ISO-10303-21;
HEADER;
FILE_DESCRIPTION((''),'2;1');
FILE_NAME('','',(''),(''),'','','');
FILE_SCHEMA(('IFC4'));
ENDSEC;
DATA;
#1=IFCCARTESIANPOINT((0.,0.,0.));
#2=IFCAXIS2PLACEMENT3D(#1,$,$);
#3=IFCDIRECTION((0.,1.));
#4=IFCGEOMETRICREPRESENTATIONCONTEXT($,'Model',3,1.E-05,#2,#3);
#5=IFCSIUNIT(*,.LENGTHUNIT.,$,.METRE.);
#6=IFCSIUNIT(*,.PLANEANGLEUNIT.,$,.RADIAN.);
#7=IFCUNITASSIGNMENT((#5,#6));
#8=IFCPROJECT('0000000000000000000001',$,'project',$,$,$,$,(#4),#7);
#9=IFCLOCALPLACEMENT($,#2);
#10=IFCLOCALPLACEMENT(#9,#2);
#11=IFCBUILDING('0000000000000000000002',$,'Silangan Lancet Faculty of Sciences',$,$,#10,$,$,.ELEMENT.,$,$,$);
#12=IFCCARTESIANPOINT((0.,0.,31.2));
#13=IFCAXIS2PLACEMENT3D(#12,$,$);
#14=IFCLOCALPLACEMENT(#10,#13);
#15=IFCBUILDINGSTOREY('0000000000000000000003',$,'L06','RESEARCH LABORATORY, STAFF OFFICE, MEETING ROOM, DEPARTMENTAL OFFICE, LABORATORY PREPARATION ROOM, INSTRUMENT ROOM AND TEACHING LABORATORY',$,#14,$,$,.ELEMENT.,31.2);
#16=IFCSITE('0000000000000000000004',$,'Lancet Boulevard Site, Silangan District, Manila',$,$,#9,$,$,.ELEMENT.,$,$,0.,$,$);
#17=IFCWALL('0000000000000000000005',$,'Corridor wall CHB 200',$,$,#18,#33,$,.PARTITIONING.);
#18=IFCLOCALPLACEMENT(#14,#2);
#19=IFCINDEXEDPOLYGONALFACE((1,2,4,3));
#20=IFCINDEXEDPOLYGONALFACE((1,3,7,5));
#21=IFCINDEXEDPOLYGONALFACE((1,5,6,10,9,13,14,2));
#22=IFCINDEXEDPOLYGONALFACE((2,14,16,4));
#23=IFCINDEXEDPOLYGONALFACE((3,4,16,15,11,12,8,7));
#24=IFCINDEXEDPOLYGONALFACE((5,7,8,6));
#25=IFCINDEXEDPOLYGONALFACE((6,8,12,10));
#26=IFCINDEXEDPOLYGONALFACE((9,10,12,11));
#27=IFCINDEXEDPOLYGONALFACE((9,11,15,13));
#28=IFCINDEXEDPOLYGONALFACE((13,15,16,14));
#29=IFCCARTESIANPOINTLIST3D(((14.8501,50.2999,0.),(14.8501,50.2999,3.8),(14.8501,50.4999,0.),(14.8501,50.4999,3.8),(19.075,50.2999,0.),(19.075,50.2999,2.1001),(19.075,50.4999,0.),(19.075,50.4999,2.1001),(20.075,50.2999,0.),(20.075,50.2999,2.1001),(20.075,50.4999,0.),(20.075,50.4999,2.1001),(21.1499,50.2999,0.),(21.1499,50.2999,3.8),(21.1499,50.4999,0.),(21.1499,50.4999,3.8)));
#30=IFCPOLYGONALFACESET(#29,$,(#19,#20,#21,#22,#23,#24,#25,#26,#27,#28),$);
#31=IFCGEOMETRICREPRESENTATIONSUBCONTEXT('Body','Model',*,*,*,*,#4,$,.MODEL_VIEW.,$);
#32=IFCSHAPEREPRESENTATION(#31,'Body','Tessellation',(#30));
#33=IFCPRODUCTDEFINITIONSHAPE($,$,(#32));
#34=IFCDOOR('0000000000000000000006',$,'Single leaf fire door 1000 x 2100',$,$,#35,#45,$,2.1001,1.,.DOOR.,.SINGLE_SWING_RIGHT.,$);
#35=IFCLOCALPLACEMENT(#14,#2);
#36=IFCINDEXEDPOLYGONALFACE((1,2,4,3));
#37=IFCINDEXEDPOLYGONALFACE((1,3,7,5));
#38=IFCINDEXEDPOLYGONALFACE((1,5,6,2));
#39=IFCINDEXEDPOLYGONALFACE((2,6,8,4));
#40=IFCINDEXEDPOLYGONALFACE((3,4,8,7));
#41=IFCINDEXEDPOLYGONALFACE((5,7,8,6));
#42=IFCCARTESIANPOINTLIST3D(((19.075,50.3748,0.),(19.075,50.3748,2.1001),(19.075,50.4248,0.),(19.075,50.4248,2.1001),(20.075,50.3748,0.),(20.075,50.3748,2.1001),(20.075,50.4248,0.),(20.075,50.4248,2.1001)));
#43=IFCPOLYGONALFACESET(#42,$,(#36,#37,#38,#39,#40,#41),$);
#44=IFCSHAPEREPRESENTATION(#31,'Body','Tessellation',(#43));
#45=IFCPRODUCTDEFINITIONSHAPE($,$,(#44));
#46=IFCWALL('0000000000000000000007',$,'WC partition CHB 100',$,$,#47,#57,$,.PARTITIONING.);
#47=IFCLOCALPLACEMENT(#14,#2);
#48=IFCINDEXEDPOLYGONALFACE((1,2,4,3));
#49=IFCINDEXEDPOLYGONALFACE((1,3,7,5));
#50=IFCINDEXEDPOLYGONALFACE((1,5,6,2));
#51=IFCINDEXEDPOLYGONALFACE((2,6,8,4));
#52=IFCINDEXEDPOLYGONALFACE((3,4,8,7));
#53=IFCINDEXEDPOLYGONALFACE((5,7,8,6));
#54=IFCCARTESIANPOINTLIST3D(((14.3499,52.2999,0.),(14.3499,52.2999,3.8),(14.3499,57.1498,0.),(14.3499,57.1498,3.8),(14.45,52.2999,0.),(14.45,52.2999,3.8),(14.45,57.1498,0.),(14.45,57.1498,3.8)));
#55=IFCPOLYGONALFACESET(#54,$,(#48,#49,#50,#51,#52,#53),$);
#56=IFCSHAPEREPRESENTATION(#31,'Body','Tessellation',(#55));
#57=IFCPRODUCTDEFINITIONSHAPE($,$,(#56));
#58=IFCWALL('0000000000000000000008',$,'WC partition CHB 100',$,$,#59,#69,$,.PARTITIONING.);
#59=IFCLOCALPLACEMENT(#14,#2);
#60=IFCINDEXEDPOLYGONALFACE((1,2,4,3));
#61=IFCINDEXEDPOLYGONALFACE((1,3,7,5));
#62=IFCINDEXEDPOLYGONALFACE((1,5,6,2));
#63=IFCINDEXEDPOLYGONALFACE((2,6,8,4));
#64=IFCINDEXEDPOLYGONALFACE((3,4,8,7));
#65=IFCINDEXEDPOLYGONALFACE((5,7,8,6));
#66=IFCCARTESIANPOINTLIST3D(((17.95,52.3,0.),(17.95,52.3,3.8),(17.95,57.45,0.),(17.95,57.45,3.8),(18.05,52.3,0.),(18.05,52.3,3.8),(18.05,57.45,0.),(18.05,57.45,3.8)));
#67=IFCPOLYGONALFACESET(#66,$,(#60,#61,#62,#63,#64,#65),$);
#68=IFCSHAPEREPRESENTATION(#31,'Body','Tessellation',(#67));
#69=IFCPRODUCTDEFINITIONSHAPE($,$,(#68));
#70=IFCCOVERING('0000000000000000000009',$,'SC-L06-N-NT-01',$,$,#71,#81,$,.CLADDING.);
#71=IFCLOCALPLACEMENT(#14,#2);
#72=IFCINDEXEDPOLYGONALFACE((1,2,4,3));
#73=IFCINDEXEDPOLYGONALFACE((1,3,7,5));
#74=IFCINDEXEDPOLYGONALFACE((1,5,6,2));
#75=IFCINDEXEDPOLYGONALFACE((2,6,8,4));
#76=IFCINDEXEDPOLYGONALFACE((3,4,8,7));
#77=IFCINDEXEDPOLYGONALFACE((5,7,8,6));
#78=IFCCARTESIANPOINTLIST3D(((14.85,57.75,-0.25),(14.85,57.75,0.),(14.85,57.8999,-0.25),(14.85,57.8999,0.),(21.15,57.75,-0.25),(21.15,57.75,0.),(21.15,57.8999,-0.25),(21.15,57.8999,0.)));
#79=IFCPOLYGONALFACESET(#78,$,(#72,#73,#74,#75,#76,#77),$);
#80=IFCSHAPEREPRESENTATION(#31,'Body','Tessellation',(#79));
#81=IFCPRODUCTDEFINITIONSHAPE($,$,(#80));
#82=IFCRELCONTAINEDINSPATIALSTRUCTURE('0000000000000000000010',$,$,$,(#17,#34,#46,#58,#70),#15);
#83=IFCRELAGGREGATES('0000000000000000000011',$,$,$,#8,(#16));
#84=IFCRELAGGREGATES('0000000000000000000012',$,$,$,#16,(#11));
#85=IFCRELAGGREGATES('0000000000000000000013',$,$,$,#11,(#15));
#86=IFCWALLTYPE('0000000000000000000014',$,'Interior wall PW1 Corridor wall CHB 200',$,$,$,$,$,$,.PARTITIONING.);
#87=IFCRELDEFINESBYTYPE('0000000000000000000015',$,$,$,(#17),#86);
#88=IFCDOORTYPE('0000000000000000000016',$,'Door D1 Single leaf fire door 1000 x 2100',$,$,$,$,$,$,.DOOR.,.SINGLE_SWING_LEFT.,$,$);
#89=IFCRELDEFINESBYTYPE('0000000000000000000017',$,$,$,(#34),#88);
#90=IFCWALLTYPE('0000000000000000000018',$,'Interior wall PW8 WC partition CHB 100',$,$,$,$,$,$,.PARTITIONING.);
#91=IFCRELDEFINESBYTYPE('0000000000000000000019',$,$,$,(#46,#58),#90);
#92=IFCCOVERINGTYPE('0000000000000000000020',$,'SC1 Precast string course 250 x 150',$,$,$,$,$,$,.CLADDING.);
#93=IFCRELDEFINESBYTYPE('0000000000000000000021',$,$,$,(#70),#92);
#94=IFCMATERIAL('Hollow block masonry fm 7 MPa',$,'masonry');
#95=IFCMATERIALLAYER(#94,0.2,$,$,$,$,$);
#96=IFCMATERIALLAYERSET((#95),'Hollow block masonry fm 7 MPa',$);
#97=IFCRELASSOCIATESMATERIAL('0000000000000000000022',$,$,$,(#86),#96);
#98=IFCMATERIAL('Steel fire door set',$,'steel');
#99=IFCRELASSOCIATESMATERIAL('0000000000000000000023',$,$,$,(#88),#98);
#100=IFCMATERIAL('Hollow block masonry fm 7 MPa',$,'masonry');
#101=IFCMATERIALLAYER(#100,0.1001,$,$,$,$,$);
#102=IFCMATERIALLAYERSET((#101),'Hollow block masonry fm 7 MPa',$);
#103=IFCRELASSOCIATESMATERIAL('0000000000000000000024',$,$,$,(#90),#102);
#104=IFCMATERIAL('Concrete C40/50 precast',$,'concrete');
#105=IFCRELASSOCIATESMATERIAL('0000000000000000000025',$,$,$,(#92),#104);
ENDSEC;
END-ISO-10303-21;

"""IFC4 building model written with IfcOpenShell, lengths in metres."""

from ifc_helpers import new_model, si_unit, direction, frame, frame_2d, origin, origin_2d, place, context, subcontext, project, spatial, rectangle, extrude, material, layer, layer_set, type_object, element, fill, save


model = new_model("IFC4")

# Units and contexts
model_context = context("Model", 3, precision=1e-05, world=origin(), true_north=direction((0.0, 1.0)))
body_context = subcontext(model_context, "Body", "Model", "MODEL_VIEW")
ifc_project = project(units=[si_unit("LENGTHUNIT", "METRE"), si_unit("PLANEANGLEUNIT", "RADIAN")], contexts=[model_context])

# Site, building, storey
site_placement = place(None, origin())
site = spatial("IfcSite", under=ifc_project, at=site_placement, Name="Lancet Boulevard Site, Silangan District, Manila", CompositionType="ELEMENT", RefElevation=0.0)
building_placement = place(site_placement, origin())
building = spatial("IfcBuilding", under=site, at=building_placement, Name="Silangan Lancet Faculty of Sciences", CompositionType="ELEMENT")
storey_placement = place(building_placement, frame((0.0, 0.0, 31.2)))
storey = spatial("IfcBuildingStorey", under=building, at=storey_placement, Name="L06", Description="RESEARCH LABORATORY, STAFF OFFICE, MEETING ROOM, DEPARTMENTAL OFFICE, LABORATORY PREPARATION ROOM, INSTRUMENT ROOM AND TEACHING LABORATORY", CompositionType="ELEMENT", Elevation=31.2)

# Wall, opening, door
ifc_material_1 = material(Name="Hollow block masonry fm 7 MPa", Category="masonry")
ifc_layer_1 = layer(ifc_material_1, 0.2)
ifc_layer_set_1 = layer_set([ifc_layer_1], Name="Hollow block masonry fm 7 MPa")
wall_type_1 = type_object("IfcWallType", Name="Interior wall PW1 Corridor wall CHB 200", PredefinedType="PARTITIONING", material=ifc_layer_set_1)
wall_1_placement = place(storey_placement, frame((14.8501, 50.3999, 0.0), z_axis=(0.0, 0.0, 1.0), x_axis=(1.0, 0.0, 0.0)))
wall_1 = element("IfcWall", 1, at=wall_1_placement, inside=storey, type_object=wall_type_1, Name="Corridor wall CHB 200", PredefinedType="PARTITIONING", context=body_context, shape_type="SweptSolid", body=[
    extrude(rectangle(XDim=6.2998, YDim=0.2, at=frame_2d((3.1499, 0.0))), origin(), (0.0, 0.0, 1.0), 3.8),
])
opening_1_placement = place(wall_1_placement, frame((4.2249, 0.0, 0.0)))
opening_1 = element("IfcOpeningElement", 2, at=opening_1_placement, cuts=wall_1, PredefinedType="OPENING", context=body_context, shape_type="SweptSolid", body=[
    extrude(rectangle(XDim=1.0, YDim=2.1001, at=frame_2d((0.5, 1.05))), frame((0.0, 0.1099, 0.0), z_axis=(0.0, -1.0, 0.0), x_axis=(1.0, 0.0, 0.0)), (0.0, 0.0, 1.0), 0.22),
])
ifc_material_2 = material(Name="Steel fire door set", Category="steel")
door_type = type_object("IfcDoorType", Name="Door D1 Single leaf fire door 1000 x 2100", OperationType="SINGLE_SWING_LEFT", PredefinedType="DOOR", material=ifc_material_2)
door_placement = place(opening_1_placement, origin())
door = element("IfcDoor", 3, at=door_placement, inside=storey, type_object=door_type, Name="Single leaf fire door 1000 x 2100", OperationType="SINGLE_SWING_RIGHT", OverallHeight=2.1001, OverallWidth=1.0, PredefinedType="DOOR", context=body_context, shape_type="SweptSolid", body=[
    extrude(rectangle(XDim=1.0, YDim=2.1001, at=frame_2d((0.5, 1.05))), frame((0.0, 0.0249, 0.0), z_axis=(0.0, -1.0, 0.0), x_axis=(1.0, 0.0, 0.0)), (0.0, 0.0, 1.0), 0.05),
])
fill(opening_1, door)

# Walls
ifc_material_3 = material(Name="Hollow block masonry fm 7 MPa", Category="masonry")
ifc_layer_2 = layer(ifc_material_3, 0.1001)
ifc_layer_set_2 = layer_set([ifc_layer_2], Name="Hollow block masonry fm 7 MPa")
wall_type_2 = type_object("IfcWallType", Name="Interior wall PW8 WC partition CHB 100", PredefinedType="PARTITIONING", material=ifc_layer_set_2)
wall_2_placement = place(storey_placement, frame((14.3999, 52.3, 0.0), z_axis=(0.0, 0.0, 1.0), x_axis=(0.0, 1.0, 0.0)))
element("IfcWall", 4, at=wall_2_placement, inside=storey, type_object=wall_type_2, Name="WC partition CHB 100", PredefinedType="PARTITIONING", context=body_context, shape_type="SweptSolid", body=[
    extrude(rectangle(XDim=4.8499, YDim=0.1001, at=frame_2d((2.4248, 0.0))), origin(), (0.0, 0.0, 1.0), 3.8),
])
wall_3_placement = place(storey_placement, frame((18.0, 52.3, 0.0), z_axis=(0.0, 0.0, 1.0), x_axis=(0.0, 1.0, 0.0)))
element("IfcWall", 5, at=wall_3_placement, inside=storey, type_object=wall_type_2, Name="WC partition CHB 100", PredefinedType="PARTITIONING", context=body_context, shape_type="SweptSolid", body=[
    extrude(rectangle(XDim=5.1499, YDim=0.1001, at=frame_2d((2.575, 0.0))), origin(), (0.0, 0.0, 1.0), 3.8),
])

# Covering
ifc_material_4 = material(Name="Concrete C40/50 precast", Category="concrete")
covering_type = type_object("IfcCoveringType", Name="SC1 Precast string course 250 x 150", PredefinedType="CLADDING", material=ifc_material_4)
covering_placement = place(storey_placement, frame((18.0, 57.825, -0.25), z_axis=(0.0, 0.0, 1.0), x_axis=(1.0, 0.0, 0.0)))
element("IfcCovering", 6, at=covering_placement, inside=storey, type_object=covering_type, Name="SC-L06-N-NT-01", PredefinedType="CLADDING", context=body_context, shape_type="SweptSolid", body=[
    extrude(rectangle(XDim=6.3, YDim=0.1499, at=origin_2d()), origin(), (0.0, 0.0, 1.0), 0.25),
])

save(model, "model.ifc")
